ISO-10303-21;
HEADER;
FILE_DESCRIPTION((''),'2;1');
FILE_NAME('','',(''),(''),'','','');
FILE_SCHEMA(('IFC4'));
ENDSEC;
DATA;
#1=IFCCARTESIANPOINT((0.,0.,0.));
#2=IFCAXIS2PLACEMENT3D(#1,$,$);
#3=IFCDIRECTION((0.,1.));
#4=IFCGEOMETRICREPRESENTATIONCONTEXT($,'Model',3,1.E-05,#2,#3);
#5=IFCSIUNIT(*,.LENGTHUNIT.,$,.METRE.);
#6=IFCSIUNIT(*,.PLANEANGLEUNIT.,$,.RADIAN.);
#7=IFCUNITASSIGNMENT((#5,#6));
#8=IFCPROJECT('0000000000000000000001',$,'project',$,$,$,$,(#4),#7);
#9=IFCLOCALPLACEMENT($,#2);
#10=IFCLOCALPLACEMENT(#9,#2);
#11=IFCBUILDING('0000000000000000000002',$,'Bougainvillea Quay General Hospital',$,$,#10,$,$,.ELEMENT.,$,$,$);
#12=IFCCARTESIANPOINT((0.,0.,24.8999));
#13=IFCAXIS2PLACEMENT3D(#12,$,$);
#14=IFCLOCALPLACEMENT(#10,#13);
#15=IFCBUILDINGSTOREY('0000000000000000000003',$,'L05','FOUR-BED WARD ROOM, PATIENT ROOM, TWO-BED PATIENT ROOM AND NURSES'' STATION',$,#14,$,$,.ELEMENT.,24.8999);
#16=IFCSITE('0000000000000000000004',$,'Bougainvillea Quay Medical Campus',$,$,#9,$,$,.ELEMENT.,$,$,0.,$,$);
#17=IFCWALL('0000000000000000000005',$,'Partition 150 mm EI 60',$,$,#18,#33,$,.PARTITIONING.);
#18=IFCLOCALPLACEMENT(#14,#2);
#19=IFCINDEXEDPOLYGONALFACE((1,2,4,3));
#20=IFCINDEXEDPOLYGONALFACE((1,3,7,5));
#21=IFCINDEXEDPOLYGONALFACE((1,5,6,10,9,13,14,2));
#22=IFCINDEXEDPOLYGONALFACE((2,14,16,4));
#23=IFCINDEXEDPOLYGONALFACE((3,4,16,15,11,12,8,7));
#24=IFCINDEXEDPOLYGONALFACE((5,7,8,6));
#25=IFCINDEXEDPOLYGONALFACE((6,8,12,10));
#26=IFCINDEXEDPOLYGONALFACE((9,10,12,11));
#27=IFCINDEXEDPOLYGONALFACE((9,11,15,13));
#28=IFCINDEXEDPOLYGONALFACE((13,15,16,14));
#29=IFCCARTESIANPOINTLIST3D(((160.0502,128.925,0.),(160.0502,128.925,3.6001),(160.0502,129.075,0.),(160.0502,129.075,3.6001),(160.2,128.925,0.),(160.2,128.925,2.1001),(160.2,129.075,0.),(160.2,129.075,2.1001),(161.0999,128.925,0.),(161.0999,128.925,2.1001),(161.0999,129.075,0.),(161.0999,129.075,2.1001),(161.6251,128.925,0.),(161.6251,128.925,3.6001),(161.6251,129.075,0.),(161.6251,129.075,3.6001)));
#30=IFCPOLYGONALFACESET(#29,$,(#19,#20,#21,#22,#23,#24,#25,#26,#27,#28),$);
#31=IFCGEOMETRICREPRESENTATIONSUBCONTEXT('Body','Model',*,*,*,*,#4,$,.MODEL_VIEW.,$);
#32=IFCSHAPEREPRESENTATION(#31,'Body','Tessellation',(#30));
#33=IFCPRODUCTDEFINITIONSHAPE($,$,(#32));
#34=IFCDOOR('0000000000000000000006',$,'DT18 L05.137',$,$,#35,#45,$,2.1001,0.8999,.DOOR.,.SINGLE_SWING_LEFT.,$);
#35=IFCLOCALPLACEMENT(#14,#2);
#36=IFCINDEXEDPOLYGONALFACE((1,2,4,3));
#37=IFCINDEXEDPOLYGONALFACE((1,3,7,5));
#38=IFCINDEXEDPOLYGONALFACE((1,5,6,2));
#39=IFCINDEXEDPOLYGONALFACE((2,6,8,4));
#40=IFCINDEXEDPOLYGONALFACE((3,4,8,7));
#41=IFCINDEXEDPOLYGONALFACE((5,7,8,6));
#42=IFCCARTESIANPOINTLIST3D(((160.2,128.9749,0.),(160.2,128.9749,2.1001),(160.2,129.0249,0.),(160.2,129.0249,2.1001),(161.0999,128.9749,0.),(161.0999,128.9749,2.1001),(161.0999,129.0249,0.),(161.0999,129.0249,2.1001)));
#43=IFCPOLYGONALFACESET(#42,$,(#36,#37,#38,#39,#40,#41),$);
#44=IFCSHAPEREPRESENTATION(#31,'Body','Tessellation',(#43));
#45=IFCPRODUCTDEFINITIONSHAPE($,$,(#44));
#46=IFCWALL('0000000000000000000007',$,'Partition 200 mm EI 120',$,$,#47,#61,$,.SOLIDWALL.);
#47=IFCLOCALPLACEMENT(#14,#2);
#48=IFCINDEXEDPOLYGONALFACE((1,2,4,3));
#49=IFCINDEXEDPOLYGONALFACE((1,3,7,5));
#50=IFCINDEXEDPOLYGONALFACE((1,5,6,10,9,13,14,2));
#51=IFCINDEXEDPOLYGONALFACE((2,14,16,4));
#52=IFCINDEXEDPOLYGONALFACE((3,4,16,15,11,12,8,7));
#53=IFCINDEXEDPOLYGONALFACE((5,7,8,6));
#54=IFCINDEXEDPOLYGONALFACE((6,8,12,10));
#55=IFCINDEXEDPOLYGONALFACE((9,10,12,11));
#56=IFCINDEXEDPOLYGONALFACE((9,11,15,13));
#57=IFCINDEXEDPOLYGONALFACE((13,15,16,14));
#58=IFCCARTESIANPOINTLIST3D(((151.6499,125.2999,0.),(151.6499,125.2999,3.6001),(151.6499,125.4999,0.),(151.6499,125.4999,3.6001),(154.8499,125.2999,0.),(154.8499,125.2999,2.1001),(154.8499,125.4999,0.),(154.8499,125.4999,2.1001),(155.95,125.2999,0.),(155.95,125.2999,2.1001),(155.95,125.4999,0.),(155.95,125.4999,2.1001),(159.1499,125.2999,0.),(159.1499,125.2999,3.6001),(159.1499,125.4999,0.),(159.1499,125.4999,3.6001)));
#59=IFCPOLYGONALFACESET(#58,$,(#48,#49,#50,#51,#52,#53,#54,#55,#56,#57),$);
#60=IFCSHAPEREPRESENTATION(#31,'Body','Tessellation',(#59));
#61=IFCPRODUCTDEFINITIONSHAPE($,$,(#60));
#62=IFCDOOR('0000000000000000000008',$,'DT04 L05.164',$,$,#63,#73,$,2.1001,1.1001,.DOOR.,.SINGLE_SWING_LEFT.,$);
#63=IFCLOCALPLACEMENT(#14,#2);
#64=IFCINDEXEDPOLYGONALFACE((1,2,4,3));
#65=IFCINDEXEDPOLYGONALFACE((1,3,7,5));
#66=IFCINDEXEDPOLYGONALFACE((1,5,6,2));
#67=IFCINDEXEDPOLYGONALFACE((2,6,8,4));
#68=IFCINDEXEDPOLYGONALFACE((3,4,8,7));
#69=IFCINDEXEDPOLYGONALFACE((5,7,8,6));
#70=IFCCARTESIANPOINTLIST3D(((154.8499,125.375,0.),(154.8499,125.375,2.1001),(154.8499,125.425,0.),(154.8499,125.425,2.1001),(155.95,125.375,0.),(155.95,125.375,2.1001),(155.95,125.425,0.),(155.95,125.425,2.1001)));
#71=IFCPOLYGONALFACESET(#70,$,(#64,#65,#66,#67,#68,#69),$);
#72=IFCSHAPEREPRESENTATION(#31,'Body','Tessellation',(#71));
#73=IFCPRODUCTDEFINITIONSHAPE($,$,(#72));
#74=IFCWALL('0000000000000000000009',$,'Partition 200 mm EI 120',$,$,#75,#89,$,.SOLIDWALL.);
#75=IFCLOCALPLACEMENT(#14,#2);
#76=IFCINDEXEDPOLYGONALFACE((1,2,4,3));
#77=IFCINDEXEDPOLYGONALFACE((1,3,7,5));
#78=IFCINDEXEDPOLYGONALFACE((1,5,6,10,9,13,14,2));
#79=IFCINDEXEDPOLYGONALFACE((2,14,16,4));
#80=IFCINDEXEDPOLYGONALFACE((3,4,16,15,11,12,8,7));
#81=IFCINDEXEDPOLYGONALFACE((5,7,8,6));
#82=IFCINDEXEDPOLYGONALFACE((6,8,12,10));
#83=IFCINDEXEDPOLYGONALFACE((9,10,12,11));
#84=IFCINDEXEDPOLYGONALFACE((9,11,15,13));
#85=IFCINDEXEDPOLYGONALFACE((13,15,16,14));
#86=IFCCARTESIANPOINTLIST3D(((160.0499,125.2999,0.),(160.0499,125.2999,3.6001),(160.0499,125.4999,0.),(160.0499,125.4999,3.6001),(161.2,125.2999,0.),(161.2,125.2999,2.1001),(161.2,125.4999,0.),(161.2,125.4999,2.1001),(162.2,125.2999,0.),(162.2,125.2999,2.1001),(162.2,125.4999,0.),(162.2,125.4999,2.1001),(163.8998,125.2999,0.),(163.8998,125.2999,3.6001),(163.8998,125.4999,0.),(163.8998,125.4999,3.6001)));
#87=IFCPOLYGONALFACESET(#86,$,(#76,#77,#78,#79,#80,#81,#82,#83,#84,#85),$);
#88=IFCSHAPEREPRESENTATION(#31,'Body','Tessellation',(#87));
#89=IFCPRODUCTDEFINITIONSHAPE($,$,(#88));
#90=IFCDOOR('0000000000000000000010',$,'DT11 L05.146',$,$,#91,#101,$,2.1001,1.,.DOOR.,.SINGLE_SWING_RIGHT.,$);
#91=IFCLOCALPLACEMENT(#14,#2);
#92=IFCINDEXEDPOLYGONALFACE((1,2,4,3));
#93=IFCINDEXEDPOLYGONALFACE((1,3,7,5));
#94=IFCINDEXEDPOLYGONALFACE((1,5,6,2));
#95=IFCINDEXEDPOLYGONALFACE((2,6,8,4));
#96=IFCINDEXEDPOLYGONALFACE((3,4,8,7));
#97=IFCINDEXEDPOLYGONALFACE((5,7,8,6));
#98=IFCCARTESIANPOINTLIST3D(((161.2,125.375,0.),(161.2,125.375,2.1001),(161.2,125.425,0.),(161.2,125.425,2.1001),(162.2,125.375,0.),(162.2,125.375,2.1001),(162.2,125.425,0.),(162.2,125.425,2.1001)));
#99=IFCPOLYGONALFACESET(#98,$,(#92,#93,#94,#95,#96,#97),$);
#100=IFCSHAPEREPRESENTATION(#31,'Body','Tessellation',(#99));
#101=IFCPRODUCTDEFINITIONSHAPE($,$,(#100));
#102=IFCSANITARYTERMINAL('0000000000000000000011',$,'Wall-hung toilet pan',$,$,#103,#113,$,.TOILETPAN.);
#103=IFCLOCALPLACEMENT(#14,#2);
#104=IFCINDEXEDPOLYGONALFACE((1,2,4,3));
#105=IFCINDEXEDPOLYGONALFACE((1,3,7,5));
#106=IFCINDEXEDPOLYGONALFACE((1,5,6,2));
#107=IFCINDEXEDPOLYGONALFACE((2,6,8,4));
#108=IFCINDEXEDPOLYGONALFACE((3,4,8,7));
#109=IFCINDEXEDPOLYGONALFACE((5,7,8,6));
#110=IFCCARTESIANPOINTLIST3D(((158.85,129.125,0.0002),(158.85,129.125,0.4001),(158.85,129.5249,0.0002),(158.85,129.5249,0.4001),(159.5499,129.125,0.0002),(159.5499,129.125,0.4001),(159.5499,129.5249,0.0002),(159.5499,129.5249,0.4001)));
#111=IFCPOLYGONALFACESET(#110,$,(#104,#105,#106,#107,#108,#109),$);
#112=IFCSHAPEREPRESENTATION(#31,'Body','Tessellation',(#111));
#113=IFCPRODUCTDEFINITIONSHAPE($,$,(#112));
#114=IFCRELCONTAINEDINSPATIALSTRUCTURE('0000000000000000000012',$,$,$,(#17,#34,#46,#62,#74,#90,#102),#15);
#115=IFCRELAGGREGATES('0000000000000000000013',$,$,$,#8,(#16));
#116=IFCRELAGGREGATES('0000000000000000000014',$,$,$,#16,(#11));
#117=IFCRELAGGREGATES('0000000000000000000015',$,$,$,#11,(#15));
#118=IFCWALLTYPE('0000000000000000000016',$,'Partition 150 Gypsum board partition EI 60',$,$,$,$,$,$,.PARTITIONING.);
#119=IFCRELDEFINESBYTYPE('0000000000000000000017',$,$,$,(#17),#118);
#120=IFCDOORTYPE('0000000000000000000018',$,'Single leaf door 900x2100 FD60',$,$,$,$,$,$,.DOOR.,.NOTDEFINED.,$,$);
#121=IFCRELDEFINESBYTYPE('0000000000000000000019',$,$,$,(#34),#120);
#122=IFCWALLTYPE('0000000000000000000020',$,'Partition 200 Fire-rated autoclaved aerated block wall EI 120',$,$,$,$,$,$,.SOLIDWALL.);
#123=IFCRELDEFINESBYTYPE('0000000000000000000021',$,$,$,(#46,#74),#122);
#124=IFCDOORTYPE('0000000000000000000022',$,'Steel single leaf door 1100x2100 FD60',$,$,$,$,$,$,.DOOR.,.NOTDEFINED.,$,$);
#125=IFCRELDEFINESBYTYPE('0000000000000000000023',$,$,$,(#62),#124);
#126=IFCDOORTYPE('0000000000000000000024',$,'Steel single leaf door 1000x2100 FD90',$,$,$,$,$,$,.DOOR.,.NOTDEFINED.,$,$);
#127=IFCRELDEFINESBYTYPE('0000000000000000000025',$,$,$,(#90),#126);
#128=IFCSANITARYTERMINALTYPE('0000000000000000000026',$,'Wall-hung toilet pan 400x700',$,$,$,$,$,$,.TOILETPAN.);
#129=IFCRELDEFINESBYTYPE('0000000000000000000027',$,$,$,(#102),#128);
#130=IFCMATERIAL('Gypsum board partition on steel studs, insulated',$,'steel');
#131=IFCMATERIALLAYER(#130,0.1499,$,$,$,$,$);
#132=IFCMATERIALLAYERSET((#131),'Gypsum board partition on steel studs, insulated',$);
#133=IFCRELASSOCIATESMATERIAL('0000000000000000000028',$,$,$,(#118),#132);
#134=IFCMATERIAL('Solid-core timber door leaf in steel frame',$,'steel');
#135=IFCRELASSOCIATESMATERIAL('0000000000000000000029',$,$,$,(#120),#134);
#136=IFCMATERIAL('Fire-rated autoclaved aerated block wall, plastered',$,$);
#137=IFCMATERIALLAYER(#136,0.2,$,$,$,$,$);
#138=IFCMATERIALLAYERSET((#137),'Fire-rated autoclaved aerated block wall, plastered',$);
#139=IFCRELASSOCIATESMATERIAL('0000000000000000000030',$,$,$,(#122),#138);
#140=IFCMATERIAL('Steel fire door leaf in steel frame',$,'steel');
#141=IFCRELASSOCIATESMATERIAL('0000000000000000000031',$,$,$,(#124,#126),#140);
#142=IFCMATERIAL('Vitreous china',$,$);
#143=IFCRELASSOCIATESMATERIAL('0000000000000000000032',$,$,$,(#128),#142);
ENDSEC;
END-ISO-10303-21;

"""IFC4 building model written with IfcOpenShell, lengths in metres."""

from ifc_helpers import new_model, si_unit, direction, frame, frame_2d, origin, origin_2d, place, context, subcontext, project, spatial, rectangle, extrude, material, layer, layer_set, type_object, element, fill, save


model = new_model("IFC4")

# Units and contexts
model_context = context("Model", 3, precision=1e-05, world=origin(), true_north=direction((0.0, 1.0)))
body_context = subcontext(model_context, "Body", "Model", "MODEL_VIEW")
ifc_project = project(units=[si_unit("LENGTHUNIT", "METRE"), si_unit("PLANEANGLEUNIT", "RADIAN")], contexts=[model_context])

# Site, building, storey
site_placement = place(None, origin())
site = spatial("IfcSite", under=ifc_project, at=site_placement, Name="Bougainvillea Quay Medical Campus", CompositionType="ELEMENT", RefElevation=0.0)
building_placement = place(site_placement, origin())
building = spatial("IfcBuilding", under=site, at=building_placement, Name="Bougainvillea Quay General Hospital", CompositionType="ELEMENT")
storey_placement = place(building_placement, frame((0.0, 0.0, 24.8999)))
storey = spatial("IfcBuildingStorey", under=building, at=storey_placement, Name="L05", Description="FOUR-BED WARD ROOM, PATIENT ROOM, TWO-BED PATIENT ROOM AND NURSES' STATION", CompositionType="ELEMENT", Elevation=24.8999)

# Shared definitions
ifc_material_1 = material(Name="Gypsum board partition on steel studs, insulated", Category="steel")

# Shared definitions
ifc_material_2 = material(Name="Solid-core timber door leaf in steel frame", Category="steel")

# Walls, openings, doors
ifc_layer_1 = layer(ifc_material_1, 0.1499)
ifc_layer_set_1 = layer_set([ifc_layer_1], Name="Gypsum board partition on steel studs, insulated")
wall_type_1 = type_object("IfcWallType", Name="Partition 150 Gypsum board partition EI 60", PredefinedType="PARTITIONING", material=ifc_layer_set_1)
wall_1_placement = place(storey_placement, frame((160.05, 129.0, 0.0), z_axis=(0.0, 0.0, 1.0), x_axis=(1.0, 0.0, 0.0)))
wall_1 = element("IfcWall", 1, at=wall_1_placement, inside=storey, type_object=wall_type_1, Name="Partition 150 mm EI 60", PredefinedType="PARTITIONING", context=body_context, shape_type="SweptSolid", body=[
    extrude(rectangle(XDim=1.575, YDim=0.1499, at=frame_2d((0.7876, 0.0))), origin(), (0.0, 0.0, 1.0), 3.6001),
])
opening_1_placement = place(wall_1_placement, frame((0.1499, 0.0, 0.0)))
opening_1 = element("IfcOpeningElement", 2, at=opening_1_placement, cuts=wall_1, PredefinedType="OPENING", context=body_context, shape_type="SweptSolid", body=[
    extrude(rectangle(XDim=0.8999, YDim=2.1001, at=frame_2d((0.45, 1.05))), frame((0.0, 0.085, 0.0), z_axis=(0.0, -1.0, 0.0), x_axis=(1.0, 0.0, 0.0)), (0.0, 0.0, 1.0), 0.1699),
])
door_type_1 = type_object("IfcDoorType", Name="Single leaf door 900x2100 FD60", OperationType="NOTDEFINED", PredefinedType="DOOR", material=ifc_material_2)
door_1_placement = place(opening_1_placement, origin())
door_1 = element("IfcDoor", 3, at=door_1_placement, inside=storey, type_object=door_type_1, Name="DT18 L05.137", OperationType="SINGLE_SWING_LEFT", OverallHeight=2.1001, OverallWidth=0.8999, PredefinedType="DOOR", context=body_context, shape_type="SweptSolid", body=[
    extrude(rectangle(XDim=0.8999, YDim=2.1001, at=frame_2d((0.45, 1.05))), frame((0.0, 0.0249, 0.0), z_axis=(0.0, -1.0, 0.0), x_axis=(1.0, 0.0, 0.0)), (0.0, 0.0, 1.0), 0.05),
])
fill(opening_1, door_1)
ifc_material_3 = material(Name="Fire-rated autoclaved aerated block wall, plastered")
ifc_layer_2 = layer(ifc_material_3, 0.2)
ifc_layer_set_2 = layer_set([ifc_layer_2], Name="Fire-rated autoclaved aerated block wall, plastered")
wall_type_2 = type_object("IfcWallType", Name="Partition 200 Fire-rated autoclaved aerated block wall EI 120", PredefinedType="SOLIDWALL", material=ifc_layer_set_2)
wall_2_placement = place(storey_placement, frame((151.6499, 125.3999, 0.0), z_axis=(0.0, 0.0, 1.0), x_axis=(1.0, 0.0, 0.0)))
wall_2 = element("IfcWall", 4, at=wall_2_placement, inside=storey, type_object=wall_type_2, Name="Partition 200 mm EI 120", PredefinedType="SOLIDWALL", context=body_context, shape_type="SweptSolid", body=[
    extrude(rectangle(XDim=7.5, YDim=0.2, at=frame_2d((3.75, 0.0))), origin(), (0.0, 0.0, 1.0), 3.6001),
])
opening_2_placement = place(wall_2_placement, frame((3.2, 0.0, 0.0)))
opening_2 = element("IfcOpeningElement", 5, at=opening_2_placement, cuts=wall_2, PredefinedType="OPENING", context=body_context, shape_type="SweptSolid", body=[
    extrude(rectangle(XDim=1.1001, YDim=2.1001, at=frame_2d((0.55, 1.05))), frame((0.0, 0.1099, 0.0), z_axis=(0.0, -1.0, 0.0), x_axis=(1.0, 0.0, 0.0)), (0.0, 0.0, 1.0), 0.22),
])
ifc_material_4 = material(Name="Steel fire door leaf in steel frame", Category="steel")
door_type_2 = type_object("IfcDoorType", Name="Steel single leaf door 1100x2100 FD60", OperationType="NOTDEFINED", PredefinedType="DOOR", material=ifc_material_4)
door_2_placement = place(opening_2_placement, frame((1.1001, 0.0, 0.0), z_axis=(0.0, 0.0, 1.0), x_axis=(-1.0, 0.0, 0.0)))
door_2 = element("IfcDoor", 6, at=door_2_placement, inside=storey, type_object=door_type_2, Name="DT04 L05.164", OperationType="SINGLE_SWING_LEFT", OverallHeight=2.1001, OverallWidth=1.1001, PredefinedType="DOOR", context=body_context, shape_type="SweptSolid", body=[
    extrude(rectangle(XDim=1.1001, YDim=2.1001, at=frame_2d((0.55, 1.05))), frame((0.0, 0.0249, 0.0), z_axis=(0.0, -1.0, 0.0), x_axis=(1.0, 0.0, 0.0)), (0.0, 0.0, 1.0), 0.05),
])
fill(opening_2, door_2)
wall_3_placement = place(storey_placement, frame((160.05, 125.3999, 0.0), z_axis=(0.0, 0.0, 1.0), x_axis=(1.0, 0.0, 0.0)))
wall_3 = element("IfcWall", 7, at=wall_3_placement, inside=storey, type_object=wall_type_2, Name="Partition 200 mm EI 120", PredefinedType="SOLIDWALL", context=body_context, shape_type="SweptSolid", body=[
    extrude(rectangle(XDim=3.8499, YDim=0.2, at=frame_2d((1.9248, 0.0))), origin(), (0.0, 0.0, 1.0), 3.6001),
])
opening_3_placement = place(wall_3_placement, frame((1.1499, 0.0, 0.0)))
opening_3 = element("IfcOpeningElement", 8, at=opening_3_placement, cuts=wall_3, PredefinedType="OPENING", context=body_context, shape_type="SweptSolid", body=[
    extrude(rectangle(XDim=1.0, YDim=2.1001, at=frame_2d((0.5, 1.05))), frame((0.0, 0.1099, 0.0), z_axis=(0.0, -1.0, 0.0), x_axis=(1.0, 0.0, 0.0)), (0.0, 0.0, 1.0), 0.22),
])
door_type_3 = type_object("IfcDoorType", Name="Steel single leaf door 1000x2100 FD90", OperationType="NOTDEFINED", PredefinedType="DOOR", material=ifc_material_4)
door_3_placement = place(opening_3_placement, frame((1.0, 0.0, 0.0), z_axis=(0.0, 0.0, 1.0), x_axis=(-1.0, 0.0, 0.0)))
door_3 = element("IfcDoor", 9, at=door_3_placement, inside=storey, type_object=door_type_3, Name="DT11 L05.146", OperationType="SINGLE_SWING_RIGHT", OverallHeight=2.1001, OverallWidth=1.0, PredefinedType="DOOR", context=body_context, shape_type="SweptSolid", body=[
    extrude(rectangle(XDim=1.0, YDim=2.1001, at=frame_2d((0.5, 1.05))), frame((0.0, 0.0249, 0.0), z_axis=(0.0, -1.0, 0.0), x_axis=(1.0, 0.0, 0.0)), (0.0, 0.0, 1.0), 0.05),
])
fill(opening_3, door_3)

# Sanitary terminal
ifc_material_5 = material(Name="Vitreous china")
sanitary_terminal_type = type_object("IfcSanitaryTerminalType", Name="Wall-hung toilet pan 400x700", PredefinedType="TOILETPAN", material=ifc_material_5)
sanitary_terminal_placement = place(storey_placement, frame((159.2, 129.325, 0.0002), z_axis=(0.0, 0.0, 1.0), x_axis=(0.0, -1.0, 0.0)))
element("IfcSanitaryTerminal", 10, at=sanitary_terminal_placement, inside=storey, type_object=sanitary_terminal_type, Name="Wall-hung toilet pan", PredefinedType="TOILETPAN", context=body_context, shape_type="SweptSolid", body=[
    extrude(rectangle(XDim=0.3999, YDim=0.7, at=origin_2d()), origin(), (0.0, 0.0, 1.0), 0.3999),
])

save(model, "model.ifc")
